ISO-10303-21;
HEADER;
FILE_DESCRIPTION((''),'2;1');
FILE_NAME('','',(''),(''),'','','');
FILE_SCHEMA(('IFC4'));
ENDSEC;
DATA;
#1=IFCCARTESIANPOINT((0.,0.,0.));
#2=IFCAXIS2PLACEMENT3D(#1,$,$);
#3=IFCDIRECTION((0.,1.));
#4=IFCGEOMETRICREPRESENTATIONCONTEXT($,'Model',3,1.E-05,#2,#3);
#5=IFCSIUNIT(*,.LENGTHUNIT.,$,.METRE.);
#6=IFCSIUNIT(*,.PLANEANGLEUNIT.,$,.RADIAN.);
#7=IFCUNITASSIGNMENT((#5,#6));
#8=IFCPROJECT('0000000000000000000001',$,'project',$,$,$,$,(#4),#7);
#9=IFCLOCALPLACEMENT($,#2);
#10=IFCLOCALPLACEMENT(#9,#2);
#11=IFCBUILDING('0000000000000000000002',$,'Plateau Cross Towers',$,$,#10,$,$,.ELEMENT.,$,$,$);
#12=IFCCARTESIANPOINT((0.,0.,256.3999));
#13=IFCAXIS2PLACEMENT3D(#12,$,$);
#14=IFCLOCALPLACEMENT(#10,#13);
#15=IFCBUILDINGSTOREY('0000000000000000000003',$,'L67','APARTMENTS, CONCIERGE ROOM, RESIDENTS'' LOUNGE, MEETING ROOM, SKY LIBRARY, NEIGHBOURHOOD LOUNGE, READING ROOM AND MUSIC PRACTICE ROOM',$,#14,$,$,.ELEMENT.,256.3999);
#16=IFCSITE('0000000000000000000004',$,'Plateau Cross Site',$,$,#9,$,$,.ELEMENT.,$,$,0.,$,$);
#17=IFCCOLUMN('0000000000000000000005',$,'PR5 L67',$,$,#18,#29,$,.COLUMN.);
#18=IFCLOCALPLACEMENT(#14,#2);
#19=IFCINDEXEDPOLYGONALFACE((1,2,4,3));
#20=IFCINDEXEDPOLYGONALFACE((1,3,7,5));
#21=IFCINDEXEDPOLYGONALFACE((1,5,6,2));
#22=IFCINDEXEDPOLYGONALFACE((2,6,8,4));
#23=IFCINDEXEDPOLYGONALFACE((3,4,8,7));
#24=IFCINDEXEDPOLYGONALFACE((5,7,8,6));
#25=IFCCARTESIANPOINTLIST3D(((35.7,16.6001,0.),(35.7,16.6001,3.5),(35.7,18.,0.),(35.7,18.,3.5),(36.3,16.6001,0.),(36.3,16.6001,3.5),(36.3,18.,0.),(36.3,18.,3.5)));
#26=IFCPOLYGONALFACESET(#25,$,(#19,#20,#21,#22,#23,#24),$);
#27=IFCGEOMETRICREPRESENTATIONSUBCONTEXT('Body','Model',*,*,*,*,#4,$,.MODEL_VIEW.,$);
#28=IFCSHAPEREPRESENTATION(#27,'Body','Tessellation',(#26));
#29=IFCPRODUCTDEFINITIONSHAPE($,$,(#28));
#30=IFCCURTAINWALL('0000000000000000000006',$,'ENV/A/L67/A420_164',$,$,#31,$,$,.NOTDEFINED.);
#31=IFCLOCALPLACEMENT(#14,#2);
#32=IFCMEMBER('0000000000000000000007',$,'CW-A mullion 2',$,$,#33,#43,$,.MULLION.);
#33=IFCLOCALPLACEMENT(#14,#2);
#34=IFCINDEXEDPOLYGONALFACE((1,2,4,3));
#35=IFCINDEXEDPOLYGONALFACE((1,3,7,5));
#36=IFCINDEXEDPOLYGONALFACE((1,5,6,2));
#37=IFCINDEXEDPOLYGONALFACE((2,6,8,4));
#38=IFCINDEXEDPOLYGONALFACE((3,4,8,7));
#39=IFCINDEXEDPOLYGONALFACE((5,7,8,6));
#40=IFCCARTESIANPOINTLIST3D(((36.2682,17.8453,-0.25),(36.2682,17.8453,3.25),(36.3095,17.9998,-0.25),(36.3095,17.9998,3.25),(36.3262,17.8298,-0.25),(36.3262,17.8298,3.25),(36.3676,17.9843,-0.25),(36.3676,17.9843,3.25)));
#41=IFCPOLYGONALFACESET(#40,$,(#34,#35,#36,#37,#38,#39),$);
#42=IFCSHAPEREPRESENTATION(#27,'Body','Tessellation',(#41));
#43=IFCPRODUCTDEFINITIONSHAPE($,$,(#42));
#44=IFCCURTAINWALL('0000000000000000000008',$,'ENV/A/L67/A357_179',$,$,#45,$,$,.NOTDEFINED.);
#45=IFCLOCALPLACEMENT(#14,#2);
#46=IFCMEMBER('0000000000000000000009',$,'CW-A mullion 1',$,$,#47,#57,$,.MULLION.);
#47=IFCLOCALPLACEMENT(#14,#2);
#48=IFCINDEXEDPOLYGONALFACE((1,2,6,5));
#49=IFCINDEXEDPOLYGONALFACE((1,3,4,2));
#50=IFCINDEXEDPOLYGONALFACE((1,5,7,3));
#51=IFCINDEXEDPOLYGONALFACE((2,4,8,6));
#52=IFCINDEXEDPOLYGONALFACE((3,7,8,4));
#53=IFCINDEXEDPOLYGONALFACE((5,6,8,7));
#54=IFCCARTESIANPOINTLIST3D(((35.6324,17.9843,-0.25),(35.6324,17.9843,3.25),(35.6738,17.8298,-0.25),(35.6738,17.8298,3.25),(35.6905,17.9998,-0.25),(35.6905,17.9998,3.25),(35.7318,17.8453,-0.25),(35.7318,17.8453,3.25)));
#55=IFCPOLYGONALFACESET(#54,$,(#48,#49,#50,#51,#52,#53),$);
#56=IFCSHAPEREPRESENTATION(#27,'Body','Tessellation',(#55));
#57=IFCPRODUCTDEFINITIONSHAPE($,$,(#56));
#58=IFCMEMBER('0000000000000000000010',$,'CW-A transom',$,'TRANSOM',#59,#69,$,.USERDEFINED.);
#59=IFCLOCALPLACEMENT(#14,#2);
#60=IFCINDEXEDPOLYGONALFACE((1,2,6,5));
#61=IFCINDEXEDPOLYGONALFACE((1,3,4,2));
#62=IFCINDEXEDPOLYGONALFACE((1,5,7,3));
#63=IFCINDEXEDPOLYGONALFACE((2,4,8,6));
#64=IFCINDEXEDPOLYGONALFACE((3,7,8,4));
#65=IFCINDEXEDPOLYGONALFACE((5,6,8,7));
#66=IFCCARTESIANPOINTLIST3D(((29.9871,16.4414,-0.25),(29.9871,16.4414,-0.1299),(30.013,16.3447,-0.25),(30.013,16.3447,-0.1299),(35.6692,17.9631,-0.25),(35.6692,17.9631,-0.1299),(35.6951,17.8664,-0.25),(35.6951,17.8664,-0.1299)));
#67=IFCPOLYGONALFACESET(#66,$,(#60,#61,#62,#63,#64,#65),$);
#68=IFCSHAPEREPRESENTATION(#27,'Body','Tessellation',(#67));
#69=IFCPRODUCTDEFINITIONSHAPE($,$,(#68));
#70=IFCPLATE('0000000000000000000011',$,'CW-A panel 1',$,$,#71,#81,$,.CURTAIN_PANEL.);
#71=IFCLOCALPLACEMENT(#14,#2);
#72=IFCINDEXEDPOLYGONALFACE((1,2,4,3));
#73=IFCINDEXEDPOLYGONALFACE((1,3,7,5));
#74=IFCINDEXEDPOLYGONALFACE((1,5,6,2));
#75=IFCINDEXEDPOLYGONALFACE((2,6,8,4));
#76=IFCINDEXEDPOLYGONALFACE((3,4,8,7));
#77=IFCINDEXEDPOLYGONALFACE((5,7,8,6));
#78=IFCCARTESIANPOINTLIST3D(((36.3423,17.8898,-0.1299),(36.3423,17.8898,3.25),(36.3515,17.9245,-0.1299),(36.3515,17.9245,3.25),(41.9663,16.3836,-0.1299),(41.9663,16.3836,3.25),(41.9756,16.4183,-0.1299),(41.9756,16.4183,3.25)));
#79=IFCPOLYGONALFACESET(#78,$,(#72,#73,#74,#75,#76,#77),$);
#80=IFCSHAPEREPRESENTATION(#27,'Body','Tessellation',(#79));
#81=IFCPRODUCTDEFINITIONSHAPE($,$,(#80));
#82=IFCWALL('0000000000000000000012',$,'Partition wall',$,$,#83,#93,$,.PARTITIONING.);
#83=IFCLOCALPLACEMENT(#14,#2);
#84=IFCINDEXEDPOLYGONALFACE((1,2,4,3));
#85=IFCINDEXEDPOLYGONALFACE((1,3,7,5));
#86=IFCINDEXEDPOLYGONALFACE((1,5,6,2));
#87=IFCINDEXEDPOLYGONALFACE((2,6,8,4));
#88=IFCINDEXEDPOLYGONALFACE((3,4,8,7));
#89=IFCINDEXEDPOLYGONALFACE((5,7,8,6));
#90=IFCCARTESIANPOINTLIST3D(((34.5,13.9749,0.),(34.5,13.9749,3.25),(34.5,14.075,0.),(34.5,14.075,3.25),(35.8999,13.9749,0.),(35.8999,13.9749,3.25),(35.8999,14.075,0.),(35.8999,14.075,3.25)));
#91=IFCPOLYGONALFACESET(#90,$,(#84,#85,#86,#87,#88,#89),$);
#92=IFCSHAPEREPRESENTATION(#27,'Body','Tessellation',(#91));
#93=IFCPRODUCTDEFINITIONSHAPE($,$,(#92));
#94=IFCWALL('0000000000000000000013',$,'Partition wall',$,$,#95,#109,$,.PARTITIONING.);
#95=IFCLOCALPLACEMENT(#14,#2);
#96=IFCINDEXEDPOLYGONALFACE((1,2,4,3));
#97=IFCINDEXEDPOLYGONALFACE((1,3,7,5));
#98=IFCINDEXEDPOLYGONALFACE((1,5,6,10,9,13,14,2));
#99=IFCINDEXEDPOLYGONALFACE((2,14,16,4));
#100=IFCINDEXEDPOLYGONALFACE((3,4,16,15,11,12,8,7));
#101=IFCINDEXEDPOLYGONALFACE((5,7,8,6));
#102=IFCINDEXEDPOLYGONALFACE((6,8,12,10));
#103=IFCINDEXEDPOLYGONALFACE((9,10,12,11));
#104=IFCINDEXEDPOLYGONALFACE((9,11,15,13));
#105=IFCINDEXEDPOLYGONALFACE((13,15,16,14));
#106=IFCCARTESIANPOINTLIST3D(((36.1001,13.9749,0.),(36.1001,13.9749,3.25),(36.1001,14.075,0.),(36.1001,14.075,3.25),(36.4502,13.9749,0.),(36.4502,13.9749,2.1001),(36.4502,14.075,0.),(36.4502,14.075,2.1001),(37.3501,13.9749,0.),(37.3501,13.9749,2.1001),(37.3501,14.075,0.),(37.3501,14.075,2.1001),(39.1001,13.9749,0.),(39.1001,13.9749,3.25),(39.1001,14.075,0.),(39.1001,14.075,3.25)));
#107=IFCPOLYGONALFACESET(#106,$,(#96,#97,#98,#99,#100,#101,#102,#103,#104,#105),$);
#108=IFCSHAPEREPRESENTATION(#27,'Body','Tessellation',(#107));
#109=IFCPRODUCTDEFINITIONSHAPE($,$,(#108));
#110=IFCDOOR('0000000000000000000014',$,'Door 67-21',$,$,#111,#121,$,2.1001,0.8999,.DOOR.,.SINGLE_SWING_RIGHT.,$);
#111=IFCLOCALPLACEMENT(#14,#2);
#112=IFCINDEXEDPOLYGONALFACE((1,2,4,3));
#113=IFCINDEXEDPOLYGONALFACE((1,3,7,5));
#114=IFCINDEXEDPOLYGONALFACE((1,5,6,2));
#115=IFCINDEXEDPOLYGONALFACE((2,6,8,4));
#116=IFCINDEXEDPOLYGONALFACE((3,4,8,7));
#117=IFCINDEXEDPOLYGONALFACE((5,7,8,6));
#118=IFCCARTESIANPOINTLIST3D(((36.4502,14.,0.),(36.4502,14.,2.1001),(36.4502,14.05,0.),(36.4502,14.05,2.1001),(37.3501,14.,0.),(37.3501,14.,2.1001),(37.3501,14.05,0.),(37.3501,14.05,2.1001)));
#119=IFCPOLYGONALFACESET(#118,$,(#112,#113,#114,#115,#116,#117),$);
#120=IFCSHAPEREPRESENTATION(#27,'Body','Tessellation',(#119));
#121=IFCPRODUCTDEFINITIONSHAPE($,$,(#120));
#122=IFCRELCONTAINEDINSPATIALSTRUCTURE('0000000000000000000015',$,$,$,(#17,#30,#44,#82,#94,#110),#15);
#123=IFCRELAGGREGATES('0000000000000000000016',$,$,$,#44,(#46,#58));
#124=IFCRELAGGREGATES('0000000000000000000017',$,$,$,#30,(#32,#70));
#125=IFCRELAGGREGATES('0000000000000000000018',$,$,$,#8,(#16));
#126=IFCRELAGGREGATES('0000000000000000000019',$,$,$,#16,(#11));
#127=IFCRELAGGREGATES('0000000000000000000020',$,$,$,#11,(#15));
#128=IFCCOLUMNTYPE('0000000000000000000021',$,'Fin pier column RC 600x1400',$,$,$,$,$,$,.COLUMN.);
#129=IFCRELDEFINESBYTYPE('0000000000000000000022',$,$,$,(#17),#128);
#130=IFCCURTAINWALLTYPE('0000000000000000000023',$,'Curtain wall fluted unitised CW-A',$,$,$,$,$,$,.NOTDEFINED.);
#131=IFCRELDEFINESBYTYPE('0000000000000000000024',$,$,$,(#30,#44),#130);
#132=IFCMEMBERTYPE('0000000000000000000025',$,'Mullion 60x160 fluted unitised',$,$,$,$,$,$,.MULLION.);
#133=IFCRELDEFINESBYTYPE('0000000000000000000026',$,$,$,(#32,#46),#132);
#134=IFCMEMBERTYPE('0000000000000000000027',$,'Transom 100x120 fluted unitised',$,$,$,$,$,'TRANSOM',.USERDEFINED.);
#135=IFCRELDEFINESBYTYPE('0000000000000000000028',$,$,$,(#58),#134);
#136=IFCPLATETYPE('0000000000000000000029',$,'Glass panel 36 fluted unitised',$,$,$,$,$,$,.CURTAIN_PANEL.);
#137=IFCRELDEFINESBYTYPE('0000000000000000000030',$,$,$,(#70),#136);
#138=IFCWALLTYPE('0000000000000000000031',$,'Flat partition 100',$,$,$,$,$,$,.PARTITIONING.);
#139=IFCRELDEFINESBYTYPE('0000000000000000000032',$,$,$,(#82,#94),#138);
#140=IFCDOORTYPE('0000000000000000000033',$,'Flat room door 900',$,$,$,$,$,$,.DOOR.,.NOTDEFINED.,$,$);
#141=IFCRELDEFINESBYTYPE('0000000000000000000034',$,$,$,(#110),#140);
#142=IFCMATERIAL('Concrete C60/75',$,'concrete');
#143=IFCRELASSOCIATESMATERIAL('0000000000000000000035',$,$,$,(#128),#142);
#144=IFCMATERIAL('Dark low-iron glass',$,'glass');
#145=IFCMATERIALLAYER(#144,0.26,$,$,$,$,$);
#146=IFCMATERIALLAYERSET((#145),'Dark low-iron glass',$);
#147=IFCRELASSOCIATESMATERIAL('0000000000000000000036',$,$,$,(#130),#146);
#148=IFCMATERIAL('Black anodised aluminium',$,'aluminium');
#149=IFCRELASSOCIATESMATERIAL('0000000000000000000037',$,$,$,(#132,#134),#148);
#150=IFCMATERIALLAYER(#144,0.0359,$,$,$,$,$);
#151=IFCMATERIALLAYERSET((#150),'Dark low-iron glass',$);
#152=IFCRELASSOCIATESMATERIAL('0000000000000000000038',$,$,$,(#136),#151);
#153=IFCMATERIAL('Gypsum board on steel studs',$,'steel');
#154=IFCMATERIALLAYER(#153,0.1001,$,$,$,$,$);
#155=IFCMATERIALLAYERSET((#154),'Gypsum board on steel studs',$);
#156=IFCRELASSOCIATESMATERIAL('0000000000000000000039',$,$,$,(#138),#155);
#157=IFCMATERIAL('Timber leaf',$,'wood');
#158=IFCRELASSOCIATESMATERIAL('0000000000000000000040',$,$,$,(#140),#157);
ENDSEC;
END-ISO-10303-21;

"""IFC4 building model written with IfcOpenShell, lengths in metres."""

from ifc_helpers import new_model, si_unit, direction, frame, frame_2d, origin, origin_2d, place, context, subcontext, project, spatial, rectangle, extrude, material, layer, layer_set, material_profile, profile_set, type_object, element, fill, aggregate, save


model = new_model("IFC4")

# Units and contexts
model_context = context("Model", 3, precision=1e-05, world=origin(), true_north=direction((0.0, 1.0)))
body_context = subcontext(model_context, "Body", "Model", "MODEL_VIEW")
ifc_project = project(units=[si_unit("LENGTHUNIT", "METRE"), si_unit("PLANEANGLEUNIT", "RADIAN")], contexts=[model_context])

# Site, building, storey
site_placement = place(None, origin())
site = spatial("IfcSite", under=ifc_project, at=site_placement, Name="Plateau Cross Site", CompositionType="ELEMENT", RefElevation=0.0)
building_placement = place(site_placement, origin())
building = spatial("IfcBuilding", under=site, at=building_placement, Name="Plateau Cross Towers", CompositionType="ELEMENT")
storey_placement = place(building_placement, frame((0.0, 0.0, 256.3999)))
storey = spatial("IfcBuildingStorey", under=building, at=storey_placement, Name="L67", Description="APARTMENTS, CONCIERGE ROOM, RESIDENTS' LOUNGE, MEETING ROOM, SKY LIBRARY, NEIGHBOURHOOD LOUNGE, READING ROOM AND MUSIC PRACTICE ROOM", CompositionType="ELEMENT", Elevation=256.3999)

# Column
ifc_material_1 = material(Name="Concrete C60/75", Category="concrete")
ifc_material_profile_1 = material_profile(ifc_material_1, rectangle(XDim=0.6001, YDim=1.3999, at=origin_2d()), Name="RC 600x1400")
ifc_profile_set_1 = profile_set([ifc_material_profile_1], Name="Concrete C60/75")
column_type = type_object("IfcColumnType", Name="Fin pier column RC 600x1400", PredefinedType="COLUMN", material=ifc_profile_set_1)
column_placement = place(storey_placement, frame((36.0, 17.3, 0.0), z_axis=(0.0, 0.0, 1.0), x_axis=(1.0, 0.0, 0.0)))
element("IfcColumn", 1, at=column_placement, inside=storey, type_object=column_type, Name="PR5 L67", PredefinedType="COLUMN", context=body_context, shape_type="SweptSolid", body=[
    extrude(rectangle(XDim=0.6001, YDim=1.3999, at=origin_2d()), origin(), (0.0, 0.0, 1.0), 3.5),
])

# Curtain wall, member
ifc_material_2 = material(Name="Dark low-iron glass", Category="glass")
ifc_layer_1 = layer(ifc_material_2, 0.26)
ifc_layer_set_1 = layer_set([ifc_layer_1], Name="Dark low-iron glass")
curtain_wall_type = type_object("IfcCurtainWallType", Name="Curtain wall fluted unitised CW-A", PredefinedType="NOTDEFINED", material=ifc_layer_set_1)
curtain_wall_1_placement = place(storey_placement, origin())
curtain_wall_1 = element("IfcCurtainWall", 2, at=curtain_wall_1_placement, inside=storey, type_object=curtain_wall_type, Name="ENV/A/L67/A420_164", PredefinedType="NOTDEFINED")
ifc_material_3 = material(Name="Black anodised aluminium", Category="aluminium")
ifc_material_profile_2 = material_profile(ifc_material_3, rectangle(XDim=0.0601, YDim=0.1599, at=origin_2d()), Name="MULLION 60x160")
ifc_profile_set_2 = profile_set([ifc_material_profile_2], Name="Black anodised aluminium")
member_type_1 = type_object("IfcMemberType", Name="Mullion 60x160 fluted unitised", PredefinedType="MULLION", material=ifc_profile_set_2)
member_1_placement = place(storey_placement, frame((36.3179, 17.9148, -0.25), z_axis=(0.0, 0.0, 1.0), x_axis=(-0.965958, 0.258699, 0.0)))
member_1 = element("IfcMember", 3, at=member_1_placement, type_object=member_type_1, Name="CW-A mullion 2", PredefinedType="MULLION", context=body_context, shape_type="SweptSolid", body=[
    extrude(rectangle(XDim=0.0601, YDim=0.1599, at=origin_2d()), origin(), (0.0, 0.0, 1.0), 3.5),
])

# Curtain wall, members
curtain_wall_2_placement = place(storey_placement, origin())
curtain_wall_2 = element("IfcCurtainWall", 4, at=curtain_wall_2_placement, inside=storey, type_object=curtain_wall_type, Name="ENV/A/L67/A357_179", PredefinedType="NOTDEFINED")
member_2_placement = place(storey_placement, frame((35.6821, 17.9148, -0.25), z_axis=(0.0, 0.0, 1.0), x_axis=(-0.965958, -0.258699, 0.0)))
member_2 = element("IfcMember", 5, at=member_2_placement, type_object=member_type_1, Name="CW-A mullion 1", PredefinedType="MULLION", context=body_context, shape_type="SweptSolid", body=[
    extrude(rectangle(XDim=0.0601, YDim=0.1599, at=origin_2d()), origin(), (0.0, 0.0, 1.0), 3.5),
])
ifc_material_profile_3 = material_profile(ifc_material_3, rectangle(XDim=0.1001, YDim=0.1201, at=origin_2d()), Name="TRANSOM 100x120")
ifc_profile_set_3 = profile_set([ifc_material_profile_3], Name="Black anodised aluminium")
member_type_2 = type_object("IfcMemberType", Name="Transom 100x120 fluted unitised", ElementType="TRANSOM", PredefinedType="USERDEFINED", material=ifc_profile_set_3)
member_3_placement = place(storey_placement, frame((35.6821, 17.9148, -0.1899), z_axis=(-0.96596, -0.258693, 0.0), x_axis=(0.258693, -0.96596, 0.0)))
member_3 = element("IfcMember", 6, at=member_3_placement, type_object=member_type_2, Name="CW-A transom", ObjectType="TRANSOM", PredefinedType="USERDEFINED", context=body_context, shape_type="SweptSolid", body=[
    extrude(rectangle(XDim=0.1001, YDim=0.1201, at=origin_2d()), origin(), (0.0, 0.0, 1.0), 5.8823),
])
aggregate(curtain_wall_2, [member_2, member_3])

# Plate
ifc_layer_2 = layer(ifc_material_2, 0.0359)
ifc_layer_set_2 = layer_set([ifc_layer_2], Name="Dark low-iron glass")
plate_type = type_object("IfcPlateType", Name="Glass panel 36 fluted unitised", PredefinedType="CURTAIN_PANEL", material=ifc_layer_set_2)
plate_placement = place(storey_placement, frame((39.1589, 17.1541, -0.1299), z_axis=(0.0, 0.0, 1.0), x_axis=(-0.965958, 0.258699, 0.0)))
plate = element("IfcPlate", 7, at=plate_placement, type_object=plate_type, Name="CW-A panel 1", PredefinedType="CURTAIN_PANEL", context=body_context, shape_type="SweptSolid", body=[
    extrude(rectangle(XDim=5.8223, YDim=0.0359, at=origin_2d()), origin(), (0.0, 0.0, 1.0), 3.3799),
])
aggregate(curtain_wall_1, [member_1, plate])

# Wall
ifc_material_4 = material(Name="Gypsum board on steel studs", Category="steel")
ifc_layer_3 = layer(ifc_material_4, 0.1001)
ifc_layer_set_3 = layer_set([ifc_layer_3], Name="Gypsum board on steel studs")
wall_type_1 = type_object("IfcWallType", Name="Flat partition 100", PredefinedType="PARTITIONING", material=ifc_layer_set_3)
wall_1_placement = place(storey_placement, frame((35.8999, 14.0249, 0.0), z_axis=(0.0, 0.0, 1.0), x_axis=(-1.0, 0.0, 0.0)))
element("IfcWall", 8, at=wall_1_placement, inside=storey, type_object=wall_type_1, Name="Partition wall", PredefinedType="PARTITIONING", context=body_context, shape_type="SweptSolid", body=[
    extrude(rectangle(XDim=1.3999, YDim=0.1001, at=frame_2d((0.7, 0.0))), origin(), (0.0, 0.0, 1.0), 3.25),
])

# Wall, opening, door
wall_2_placement = place(storey_placement, frame((39.1001, 14.0249, 0.0), z_axis=(0.0, 0.0, 1.0), x_axis=(-1.0, 0.0, 0.0)))
wall_2 = element("IfcWall", 9, at=wall_2_placement, inside=storey, type_object=wall_type_1, Name="Partition wall", PredefinedType="PARTITIONING", context=body_context, shape_type="SweptSolid", body=[
    extrude(rectangle(XDim=3.0, YDim=0.1001, at=frame_2d((1.5, 0.0))), origin(), (0.0, 0.0, 1.0), 3.25),
])
opening_1_placement = place(wall_2_placement, frame((1.75, 0.0, 0.0)))
opening_1 = element("IfcOpeningElement", 10, at=opening_1_placement, cuts=wall_2, PredefinedType="OPENING", context=body_context, shape_type="SweptSolid", body=[
    extrude(rectangle(XDim=0.8999, YDim=2.1001, at=frame_2d((0.45, 1.05))), frame((0.0, 0.0601, 0.0), z_axis=(0.0, -1.0, 0.0), x_axis=(1.0, 0.0, 0.0)), (0.0, 0.0, 1.0), 0.1201),
])
ifc_material_5 = material(Name="Timber leaf", Category="wood")
door_type = type_object("IfcDoorType", Name="Flat room door 900", OperationType="NOTDEFINED", PredefinedType="DOOR", material=ifc_material_5)
door_1_placement = place(opening_1_placement, origin())
door_1 = element("IfcDoor", 11, at=door_1_placement, inside=storey, type_object=door_type, Name="Door 67-21", OperationType="SINGLE_SWING_RIGHT", OverallHeight=2.1001, OverallWidth=0.8999, PredefinedType="DOOR", context=body_context, shape_type="SweptSolid", body=[
    extrude(rectangle(XDim=0.8999, YDim=2.1001, at=frame_2d((0.45, 1.05))), frame((0.0, 0.0249, 0.0), z_axis=(0.0, -1.0, 0.0), x_axis=(1.0, 0.0, 0.0)), (0.0, 0.0, 1.0), 0.05),
])
fill(opening_1, door_1)

save(model, "model.ifc")
